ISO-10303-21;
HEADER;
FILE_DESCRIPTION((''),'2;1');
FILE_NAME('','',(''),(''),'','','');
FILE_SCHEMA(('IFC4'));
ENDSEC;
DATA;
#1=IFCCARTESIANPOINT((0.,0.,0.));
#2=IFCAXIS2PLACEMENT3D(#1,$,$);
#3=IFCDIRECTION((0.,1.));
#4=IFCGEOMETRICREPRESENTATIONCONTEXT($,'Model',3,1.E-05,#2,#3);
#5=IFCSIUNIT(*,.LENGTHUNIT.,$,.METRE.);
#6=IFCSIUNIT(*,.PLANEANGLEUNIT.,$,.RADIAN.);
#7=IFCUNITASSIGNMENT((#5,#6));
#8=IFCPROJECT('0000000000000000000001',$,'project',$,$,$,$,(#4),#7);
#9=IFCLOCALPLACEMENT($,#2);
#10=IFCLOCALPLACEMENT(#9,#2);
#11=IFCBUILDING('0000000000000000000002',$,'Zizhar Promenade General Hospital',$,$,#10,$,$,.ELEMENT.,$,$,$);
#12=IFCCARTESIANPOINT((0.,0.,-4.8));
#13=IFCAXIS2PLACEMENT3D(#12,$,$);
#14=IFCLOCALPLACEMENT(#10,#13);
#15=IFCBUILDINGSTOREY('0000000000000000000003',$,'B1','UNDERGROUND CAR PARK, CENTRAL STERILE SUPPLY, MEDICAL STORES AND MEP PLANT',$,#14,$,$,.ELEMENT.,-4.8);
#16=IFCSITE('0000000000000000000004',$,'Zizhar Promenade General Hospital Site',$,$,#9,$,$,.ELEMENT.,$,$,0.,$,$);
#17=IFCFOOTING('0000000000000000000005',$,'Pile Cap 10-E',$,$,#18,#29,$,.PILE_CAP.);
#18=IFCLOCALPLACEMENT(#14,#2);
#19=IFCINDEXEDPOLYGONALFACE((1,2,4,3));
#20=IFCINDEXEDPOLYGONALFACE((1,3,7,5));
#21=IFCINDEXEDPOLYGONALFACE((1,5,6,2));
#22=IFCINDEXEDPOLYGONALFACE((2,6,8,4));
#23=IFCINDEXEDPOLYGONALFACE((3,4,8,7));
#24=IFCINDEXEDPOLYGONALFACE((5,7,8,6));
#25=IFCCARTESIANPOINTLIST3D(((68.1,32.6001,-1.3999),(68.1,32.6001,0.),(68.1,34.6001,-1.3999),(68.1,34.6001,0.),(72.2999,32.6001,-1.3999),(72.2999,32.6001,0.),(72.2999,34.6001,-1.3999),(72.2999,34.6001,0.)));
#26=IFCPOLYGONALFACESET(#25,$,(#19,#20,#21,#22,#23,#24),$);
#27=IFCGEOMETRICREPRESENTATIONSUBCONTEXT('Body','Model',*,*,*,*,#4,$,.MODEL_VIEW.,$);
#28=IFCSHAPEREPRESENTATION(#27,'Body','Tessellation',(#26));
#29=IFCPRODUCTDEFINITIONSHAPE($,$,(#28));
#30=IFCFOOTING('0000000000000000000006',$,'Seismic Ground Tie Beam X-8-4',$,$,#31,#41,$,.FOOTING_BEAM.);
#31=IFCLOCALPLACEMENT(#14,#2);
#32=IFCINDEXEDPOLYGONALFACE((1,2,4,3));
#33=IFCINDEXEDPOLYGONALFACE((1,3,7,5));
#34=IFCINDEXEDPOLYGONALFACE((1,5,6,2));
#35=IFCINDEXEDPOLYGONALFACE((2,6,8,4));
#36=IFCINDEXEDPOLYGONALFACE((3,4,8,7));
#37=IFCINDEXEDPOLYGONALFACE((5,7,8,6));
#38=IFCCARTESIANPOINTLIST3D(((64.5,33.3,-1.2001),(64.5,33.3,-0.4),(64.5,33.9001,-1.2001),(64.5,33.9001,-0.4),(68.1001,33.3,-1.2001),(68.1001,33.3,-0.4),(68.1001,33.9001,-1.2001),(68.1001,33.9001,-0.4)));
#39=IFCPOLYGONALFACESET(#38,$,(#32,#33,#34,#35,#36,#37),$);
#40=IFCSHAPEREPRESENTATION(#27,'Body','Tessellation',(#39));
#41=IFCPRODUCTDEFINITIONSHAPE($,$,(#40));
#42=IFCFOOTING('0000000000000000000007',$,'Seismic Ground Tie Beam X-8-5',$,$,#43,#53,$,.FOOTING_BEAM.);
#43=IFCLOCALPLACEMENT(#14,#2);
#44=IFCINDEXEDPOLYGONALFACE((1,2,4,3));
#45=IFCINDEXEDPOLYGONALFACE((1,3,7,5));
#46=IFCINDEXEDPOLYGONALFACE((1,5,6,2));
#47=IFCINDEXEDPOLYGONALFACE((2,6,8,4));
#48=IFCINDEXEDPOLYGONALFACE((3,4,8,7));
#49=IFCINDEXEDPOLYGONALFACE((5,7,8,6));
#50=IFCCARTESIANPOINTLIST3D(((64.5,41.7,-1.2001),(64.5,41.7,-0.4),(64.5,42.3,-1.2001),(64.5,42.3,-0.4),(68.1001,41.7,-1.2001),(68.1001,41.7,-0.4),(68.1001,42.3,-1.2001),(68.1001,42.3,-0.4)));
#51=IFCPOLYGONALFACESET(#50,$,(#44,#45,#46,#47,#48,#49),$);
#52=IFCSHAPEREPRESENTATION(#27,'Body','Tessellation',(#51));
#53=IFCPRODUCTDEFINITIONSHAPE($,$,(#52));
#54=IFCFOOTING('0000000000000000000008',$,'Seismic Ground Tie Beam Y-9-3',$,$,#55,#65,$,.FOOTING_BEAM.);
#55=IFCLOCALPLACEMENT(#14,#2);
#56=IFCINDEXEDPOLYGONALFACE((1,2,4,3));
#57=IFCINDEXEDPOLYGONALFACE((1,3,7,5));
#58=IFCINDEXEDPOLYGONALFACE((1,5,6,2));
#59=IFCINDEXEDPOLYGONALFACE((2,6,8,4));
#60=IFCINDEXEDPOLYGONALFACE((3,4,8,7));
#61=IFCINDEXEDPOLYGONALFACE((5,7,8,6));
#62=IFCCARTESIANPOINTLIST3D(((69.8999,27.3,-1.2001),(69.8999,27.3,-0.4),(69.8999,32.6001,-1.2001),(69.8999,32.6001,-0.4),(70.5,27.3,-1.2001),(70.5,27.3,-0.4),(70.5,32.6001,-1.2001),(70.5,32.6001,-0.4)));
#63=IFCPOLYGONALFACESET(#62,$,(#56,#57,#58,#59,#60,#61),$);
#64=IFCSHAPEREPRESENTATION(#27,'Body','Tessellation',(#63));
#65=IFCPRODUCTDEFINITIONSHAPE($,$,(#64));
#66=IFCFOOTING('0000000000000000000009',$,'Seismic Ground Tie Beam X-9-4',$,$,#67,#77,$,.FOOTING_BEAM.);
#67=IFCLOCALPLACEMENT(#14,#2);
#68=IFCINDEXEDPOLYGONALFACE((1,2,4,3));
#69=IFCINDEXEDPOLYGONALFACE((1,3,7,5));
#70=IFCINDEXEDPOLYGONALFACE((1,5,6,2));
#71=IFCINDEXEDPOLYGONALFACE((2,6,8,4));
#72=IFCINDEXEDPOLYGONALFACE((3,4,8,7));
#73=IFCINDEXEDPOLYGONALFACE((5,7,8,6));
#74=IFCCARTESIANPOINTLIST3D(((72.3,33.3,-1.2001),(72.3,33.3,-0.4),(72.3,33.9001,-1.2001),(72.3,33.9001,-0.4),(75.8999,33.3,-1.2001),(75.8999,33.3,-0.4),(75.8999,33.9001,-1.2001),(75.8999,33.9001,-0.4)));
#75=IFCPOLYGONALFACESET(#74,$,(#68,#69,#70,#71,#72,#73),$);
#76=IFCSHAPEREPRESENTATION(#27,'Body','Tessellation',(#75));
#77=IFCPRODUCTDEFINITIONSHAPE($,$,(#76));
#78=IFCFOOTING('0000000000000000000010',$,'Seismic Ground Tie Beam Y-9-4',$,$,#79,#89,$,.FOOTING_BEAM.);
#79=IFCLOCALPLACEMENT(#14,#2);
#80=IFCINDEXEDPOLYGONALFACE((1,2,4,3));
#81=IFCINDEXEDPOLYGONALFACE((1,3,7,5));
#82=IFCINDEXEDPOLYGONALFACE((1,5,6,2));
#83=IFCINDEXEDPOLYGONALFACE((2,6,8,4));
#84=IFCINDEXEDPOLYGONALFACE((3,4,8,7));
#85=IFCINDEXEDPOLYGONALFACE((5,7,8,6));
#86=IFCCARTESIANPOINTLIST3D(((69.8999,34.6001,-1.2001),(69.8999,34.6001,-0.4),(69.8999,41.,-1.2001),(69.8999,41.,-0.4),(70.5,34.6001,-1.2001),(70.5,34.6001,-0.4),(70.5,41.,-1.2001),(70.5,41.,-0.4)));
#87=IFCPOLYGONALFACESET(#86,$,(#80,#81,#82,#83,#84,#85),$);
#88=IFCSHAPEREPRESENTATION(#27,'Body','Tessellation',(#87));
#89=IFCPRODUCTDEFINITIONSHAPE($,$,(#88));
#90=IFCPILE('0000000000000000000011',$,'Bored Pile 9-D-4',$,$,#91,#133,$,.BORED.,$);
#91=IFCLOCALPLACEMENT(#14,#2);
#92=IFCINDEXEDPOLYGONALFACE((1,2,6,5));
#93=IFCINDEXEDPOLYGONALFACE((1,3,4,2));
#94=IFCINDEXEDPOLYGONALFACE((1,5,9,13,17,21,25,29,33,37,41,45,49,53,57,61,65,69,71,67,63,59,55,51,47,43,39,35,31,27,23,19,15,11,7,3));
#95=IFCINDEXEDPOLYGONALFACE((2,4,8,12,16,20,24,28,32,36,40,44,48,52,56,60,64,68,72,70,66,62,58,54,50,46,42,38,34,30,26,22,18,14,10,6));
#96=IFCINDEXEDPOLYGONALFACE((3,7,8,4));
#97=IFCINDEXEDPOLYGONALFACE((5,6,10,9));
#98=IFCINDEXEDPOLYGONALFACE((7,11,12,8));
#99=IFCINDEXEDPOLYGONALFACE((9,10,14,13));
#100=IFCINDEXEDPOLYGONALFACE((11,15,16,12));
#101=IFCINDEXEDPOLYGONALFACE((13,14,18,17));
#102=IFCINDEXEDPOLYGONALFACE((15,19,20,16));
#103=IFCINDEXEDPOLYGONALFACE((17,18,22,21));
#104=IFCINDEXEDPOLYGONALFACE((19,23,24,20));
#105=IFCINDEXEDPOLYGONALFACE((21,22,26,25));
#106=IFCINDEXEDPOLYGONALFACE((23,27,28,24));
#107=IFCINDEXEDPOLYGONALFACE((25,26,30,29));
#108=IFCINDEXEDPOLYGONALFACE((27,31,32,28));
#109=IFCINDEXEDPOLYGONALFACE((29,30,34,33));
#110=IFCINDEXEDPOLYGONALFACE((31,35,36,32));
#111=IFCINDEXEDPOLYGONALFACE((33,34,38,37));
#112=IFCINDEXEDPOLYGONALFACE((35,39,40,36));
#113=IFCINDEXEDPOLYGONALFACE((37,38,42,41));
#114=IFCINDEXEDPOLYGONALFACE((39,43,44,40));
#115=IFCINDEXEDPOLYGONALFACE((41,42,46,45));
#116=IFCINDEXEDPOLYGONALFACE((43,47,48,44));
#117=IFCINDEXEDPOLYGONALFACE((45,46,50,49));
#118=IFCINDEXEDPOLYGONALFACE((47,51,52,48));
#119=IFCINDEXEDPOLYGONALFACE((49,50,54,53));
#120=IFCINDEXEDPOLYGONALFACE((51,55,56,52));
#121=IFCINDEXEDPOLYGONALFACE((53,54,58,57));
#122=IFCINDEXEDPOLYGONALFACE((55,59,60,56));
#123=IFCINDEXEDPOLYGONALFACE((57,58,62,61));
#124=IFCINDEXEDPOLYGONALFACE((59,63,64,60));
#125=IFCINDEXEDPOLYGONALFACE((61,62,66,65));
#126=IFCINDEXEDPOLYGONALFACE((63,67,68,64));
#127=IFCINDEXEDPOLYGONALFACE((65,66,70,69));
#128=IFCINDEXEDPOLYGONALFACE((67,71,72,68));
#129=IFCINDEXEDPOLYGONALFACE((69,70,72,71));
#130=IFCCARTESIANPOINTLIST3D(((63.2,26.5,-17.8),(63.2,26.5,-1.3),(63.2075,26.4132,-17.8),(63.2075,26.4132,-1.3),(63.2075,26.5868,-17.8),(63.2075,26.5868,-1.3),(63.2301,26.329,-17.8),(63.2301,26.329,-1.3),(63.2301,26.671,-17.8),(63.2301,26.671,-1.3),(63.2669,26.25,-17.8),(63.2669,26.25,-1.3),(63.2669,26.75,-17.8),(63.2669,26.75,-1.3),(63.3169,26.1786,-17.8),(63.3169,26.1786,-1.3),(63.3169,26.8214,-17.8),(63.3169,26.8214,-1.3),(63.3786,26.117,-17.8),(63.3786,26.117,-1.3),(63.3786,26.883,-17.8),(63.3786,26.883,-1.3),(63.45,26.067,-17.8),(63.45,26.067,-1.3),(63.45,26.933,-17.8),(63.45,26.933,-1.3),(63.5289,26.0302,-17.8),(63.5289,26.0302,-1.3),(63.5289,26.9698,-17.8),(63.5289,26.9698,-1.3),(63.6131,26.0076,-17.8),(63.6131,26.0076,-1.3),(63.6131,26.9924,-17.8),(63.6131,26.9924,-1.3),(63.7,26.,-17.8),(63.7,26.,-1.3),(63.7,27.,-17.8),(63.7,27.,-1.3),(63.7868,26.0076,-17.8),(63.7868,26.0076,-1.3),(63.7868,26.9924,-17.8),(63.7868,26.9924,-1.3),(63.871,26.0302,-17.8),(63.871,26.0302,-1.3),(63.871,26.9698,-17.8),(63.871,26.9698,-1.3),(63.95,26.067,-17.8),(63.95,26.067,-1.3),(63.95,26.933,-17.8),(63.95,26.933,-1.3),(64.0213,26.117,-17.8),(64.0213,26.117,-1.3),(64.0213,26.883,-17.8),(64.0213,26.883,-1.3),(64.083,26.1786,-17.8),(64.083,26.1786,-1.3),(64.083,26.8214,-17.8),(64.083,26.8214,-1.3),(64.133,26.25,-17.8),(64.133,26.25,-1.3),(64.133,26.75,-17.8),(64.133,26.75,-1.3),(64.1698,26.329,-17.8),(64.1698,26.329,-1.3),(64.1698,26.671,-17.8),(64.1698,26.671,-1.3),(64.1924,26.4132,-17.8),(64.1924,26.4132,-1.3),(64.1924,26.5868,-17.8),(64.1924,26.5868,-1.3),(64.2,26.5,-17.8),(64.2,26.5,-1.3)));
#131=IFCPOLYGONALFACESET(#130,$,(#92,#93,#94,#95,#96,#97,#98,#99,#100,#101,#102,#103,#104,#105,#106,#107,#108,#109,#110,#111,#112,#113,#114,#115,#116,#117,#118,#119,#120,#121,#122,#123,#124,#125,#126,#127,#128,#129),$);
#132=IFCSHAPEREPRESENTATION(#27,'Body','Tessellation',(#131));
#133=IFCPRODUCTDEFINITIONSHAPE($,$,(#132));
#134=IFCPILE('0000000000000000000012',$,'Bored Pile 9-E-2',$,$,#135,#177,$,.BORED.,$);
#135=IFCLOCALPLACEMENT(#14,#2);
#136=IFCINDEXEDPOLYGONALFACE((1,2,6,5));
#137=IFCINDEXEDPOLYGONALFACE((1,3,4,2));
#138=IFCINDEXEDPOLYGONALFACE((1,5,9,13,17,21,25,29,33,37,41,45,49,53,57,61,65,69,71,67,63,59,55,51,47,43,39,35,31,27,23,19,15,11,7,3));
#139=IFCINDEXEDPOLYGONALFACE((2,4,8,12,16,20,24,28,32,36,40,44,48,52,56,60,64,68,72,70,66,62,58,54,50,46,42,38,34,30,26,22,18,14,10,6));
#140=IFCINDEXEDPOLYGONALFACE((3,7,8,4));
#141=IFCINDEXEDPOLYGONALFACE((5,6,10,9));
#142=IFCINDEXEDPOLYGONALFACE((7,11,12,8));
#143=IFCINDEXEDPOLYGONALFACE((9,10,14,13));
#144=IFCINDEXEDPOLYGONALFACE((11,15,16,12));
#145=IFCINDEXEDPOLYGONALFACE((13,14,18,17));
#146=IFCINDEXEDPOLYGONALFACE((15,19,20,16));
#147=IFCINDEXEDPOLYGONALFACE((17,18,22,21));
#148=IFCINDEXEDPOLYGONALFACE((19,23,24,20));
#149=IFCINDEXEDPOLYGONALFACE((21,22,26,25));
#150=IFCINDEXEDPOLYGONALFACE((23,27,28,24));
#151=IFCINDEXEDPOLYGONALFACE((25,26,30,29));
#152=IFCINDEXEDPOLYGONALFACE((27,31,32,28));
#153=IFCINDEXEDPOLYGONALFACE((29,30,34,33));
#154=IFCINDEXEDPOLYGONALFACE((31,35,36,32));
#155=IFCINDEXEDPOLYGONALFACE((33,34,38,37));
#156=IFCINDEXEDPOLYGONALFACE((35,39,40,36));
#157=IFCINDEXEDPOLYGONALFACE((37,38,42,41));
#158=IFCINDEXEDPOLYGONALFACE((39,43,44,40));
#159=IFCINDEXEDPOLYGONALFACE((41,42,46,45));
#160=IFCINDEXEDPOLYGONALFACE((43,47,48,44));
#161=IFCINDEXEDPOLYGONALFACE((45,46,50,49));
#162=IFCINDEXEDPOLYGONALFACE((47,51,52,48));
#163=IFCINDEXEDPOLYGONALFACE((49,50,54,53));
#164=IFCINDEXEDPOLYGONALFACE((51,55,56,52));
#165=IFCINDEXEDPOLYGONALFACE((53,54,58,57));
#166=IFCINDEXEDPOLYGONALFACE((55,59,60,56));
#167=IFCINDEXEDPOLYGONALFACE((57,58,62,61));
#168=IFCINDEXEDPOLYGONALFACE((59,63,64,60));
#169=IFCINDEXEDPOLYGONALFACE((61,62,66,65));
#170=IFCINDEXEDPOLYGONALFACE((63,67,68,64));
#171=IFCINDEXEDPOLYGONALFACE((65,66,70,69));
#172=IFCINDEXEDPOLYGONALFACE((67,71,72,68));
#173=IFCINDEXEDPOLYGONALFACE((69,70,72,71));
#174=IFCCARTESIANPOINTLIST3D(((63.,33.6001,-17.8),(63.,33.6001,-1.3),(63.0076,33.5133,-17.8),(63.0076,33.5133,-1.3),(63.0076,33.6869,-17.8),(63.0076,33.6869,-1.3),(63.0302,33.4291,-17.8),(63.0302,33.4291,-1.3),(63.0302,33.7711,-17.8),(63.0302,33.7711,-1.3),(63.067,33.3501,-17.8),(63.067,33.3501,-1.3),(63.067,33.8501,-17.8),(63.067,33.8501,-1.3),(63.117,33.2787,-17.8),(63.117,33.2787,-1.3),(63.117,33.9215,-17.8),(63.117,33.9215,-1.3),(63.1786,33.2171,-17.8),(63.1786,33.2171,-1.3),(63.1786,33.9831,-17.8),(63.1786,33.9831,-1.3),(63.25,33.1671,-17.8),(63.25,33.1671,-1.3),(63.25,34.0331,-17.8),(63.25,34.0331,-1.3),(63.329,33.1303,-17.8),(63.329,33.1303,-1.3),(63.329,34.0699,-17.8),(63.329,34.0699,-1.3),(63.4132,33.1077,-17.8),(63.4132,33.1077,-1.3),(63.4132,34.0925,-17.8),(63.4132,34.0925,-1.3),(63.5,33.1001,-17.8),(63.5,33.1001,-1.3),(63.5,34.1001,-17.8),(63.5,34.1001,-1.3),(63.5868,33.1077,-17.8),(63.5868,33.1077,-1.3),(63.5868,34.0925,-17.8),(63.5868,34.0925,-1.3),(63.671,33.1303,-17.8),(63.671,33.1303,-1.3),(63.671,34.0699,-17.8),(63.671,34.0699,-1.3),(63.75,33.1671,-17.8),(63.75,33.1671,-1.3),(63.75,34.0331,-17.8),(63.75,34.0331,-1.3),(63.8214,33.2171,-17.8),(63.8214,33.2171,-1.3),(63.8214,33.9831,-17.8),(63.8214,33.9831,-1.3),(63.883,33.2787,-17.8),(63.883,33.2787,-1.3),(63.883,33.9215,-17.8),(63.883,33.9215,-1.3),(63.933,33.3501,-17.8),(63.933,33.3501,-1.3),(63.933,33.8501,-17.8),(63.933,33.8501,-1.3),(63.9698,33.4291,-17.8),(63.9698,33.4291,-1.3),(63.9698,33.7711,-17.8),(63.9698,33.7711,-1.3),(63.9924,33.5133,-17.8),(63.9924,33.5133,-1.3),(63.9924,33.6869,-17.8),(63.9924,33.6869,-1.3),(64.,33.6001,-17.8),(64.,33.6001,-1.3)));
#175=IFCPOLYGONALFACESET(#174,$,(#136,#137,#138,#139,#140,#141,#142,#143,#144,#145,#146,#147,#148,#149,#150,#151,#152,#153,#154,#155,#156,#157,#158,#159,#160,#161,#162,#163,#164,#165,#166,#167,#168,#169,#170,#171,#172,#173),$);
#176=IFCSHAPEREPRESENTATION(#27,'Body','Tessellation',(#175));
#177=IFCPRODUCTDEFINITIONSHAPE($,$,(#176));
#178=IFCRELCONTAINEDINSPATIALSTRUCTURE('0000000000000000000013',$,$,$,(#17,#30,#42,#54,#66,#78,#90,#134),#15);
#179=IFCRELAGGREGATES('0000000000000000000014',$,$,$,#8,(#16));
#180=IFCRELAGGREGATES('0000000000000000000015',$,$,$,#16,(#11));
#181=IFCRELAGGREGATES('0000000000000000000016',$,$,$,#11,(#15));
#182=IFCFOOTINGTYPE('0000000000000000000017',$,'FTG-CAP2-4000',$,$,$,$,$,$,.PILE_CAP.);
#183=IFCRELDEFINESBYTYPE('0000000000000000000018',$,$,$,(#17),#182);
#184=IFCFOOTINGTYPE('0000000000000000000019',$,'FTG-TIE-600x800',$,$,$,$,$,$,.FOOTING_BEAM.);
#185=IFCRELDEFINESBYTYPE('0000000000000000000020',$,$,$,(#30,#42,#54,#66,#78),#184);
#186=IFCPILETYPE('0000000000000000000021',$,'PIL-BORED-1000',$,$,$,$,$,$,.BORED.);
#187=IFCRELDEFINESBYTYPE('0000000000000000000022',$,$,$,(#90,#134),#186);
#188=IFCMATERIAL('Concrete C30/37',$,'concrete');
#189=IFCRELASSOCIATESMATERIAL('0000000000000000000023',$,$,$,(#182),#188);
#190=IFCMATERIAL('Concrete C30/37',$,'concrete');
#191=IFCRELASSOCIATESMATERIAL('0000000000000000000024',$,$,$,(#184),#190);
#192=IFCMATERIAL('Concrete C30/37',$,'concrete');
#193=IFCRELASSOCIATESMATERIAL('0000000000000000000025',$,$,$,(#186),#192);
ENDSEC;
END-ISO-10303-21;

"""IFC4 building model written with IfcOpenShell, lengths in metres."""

from ifc_helpers import new_model, si_unit, direction, frame, origin, origin_2d, place, context, subcontext, project, spatial, rectangle, circle, extrude, material, material_profile, profile_set, type_object, element, save


model = new_model("IFC4")

# Units and contexts
model_context = context("Model", 3, precision=1e-05, world=origin(), true_north=direction((0.0, 1.0)))
body_context = subcontext(model_context, "Body", "Model", "MODEL_VIEW")
ifc_project = project(units=[si_unit("LENGTHUNIT", "METRE"), si_unit("PLANEANGLEUNIT", "RADIAN")], contexts=[model_context])

# Site, building, storey
site_placement = place(None, origin())
site = spatial("IfcSite", under=ifc_project, at=site_placement, Name="Zizhar Promenade General Hospital Site", CompositionType="ELEMENT", RefElevation=0.0)
building_placement = place(site_placement, origin())
building = spatial("IfcBuilding", under=site, at=building_placement, Name="Zizhar Promenade General Hospital", CompositionType="ELEMENT")
storey_placement = place(building_placement, frame((0.0, 0.0, -4.8)))
storey = spatial("IfcBuildingStorey", under=building, at=storey_placement, Name="B1", Description="UNDERGROUND CAR PARK, CENTRAL STERILE SUPPLY, MEDICAL STORES AND MEP PLANT", CompositionType="ELEMENT", Elevation=-4.8)

# Footings
ifc_material_1 = material(Name="Concrete C30/37", Category="concrete")
footing_type_1 = type_object("IfcFootingType", Name="FTG-CAP2-4000", PredefinedType="PILE_CAP", material=ifc_material_1)
footing_1_placement = place(storey_placement, frame((70.2, 33.6001, -1.3999), z_axis=(0.0, 0.0, 1.0), x_axis=(1.0, 0.0, 0.0)))
element("IfcFooting", 1, at=footing_1_placement, inside=storey, type_object=footing_type_1, Name="Pile Cap 10-E", PredefinedType="PILE_CAP", context=body_context, shape_type="SweptSolid", body=[
    extrude(rectangle(XDim=4.2, YDim=2.0, at=origin_2d()), origin(), (0.0, 0.0, 1.0), 1.3999),
])
ifc_material_2 = material(Name="Concrete C30/37", Category="concrete")
ifc_material_profile_1 = material_profile(ifc_material_2, rectangle(XDim=0.6001, YDim=0.8, at=origin_2d()))
ifc_profile_set_1 = profile_set([ifc_material_profile_1], Name="Concrete C30/37")
footing_type_2 = type_object("IfcFootingType", Name="FTG-TIE-600x800", PredefinedType="FOOTING_BEAM", material=ifc_profile_set_1)
for number, where, z_axis, x_axis, name in (
    (2, (64.5, 33.6001, -0.8), (1.0, 0.0, 0.0), (0.0, 1.0, 0.0), "Seismic Ground Tie Beam X-8-4"),
    (3, (64.5, 42.0, -0.8), (1.0, 0.0, 0.0), (0.0, 1.0, 0.0), "Seismic Ground Tie Beam X-8-5"),
):
    element("IfcFooting", number, at=place(storey_placement, frame(where, z_axis=z_axis, x_axis=x_axis)), inside=storey, type_object=footing_type_2, Name=name, PredefinedType="FOOTING_BEAM", context=body_context, shape_type="SweptSolid", body=[
        extrude(rectangle(XDim=0.6001, YDim=0.8, at=origin_2d()), origin(), (0.0, 0.0, 1.0), 3.6001),
    ])
footing_2_placement = place(storey_placement, frame((70.2, 27.3, -0.8), z_axis=(0.0, 1.0, 0.0), x_axis=(-1.0, 0.0, 0.0)))
element("IfcFooting", 4, at=footing_2_placement, inside=storey, type_object=footing_type_2, Name="Seismic Ground Tie Beam Y-9-3", PredefinedType="FOOTING_BEAM", context=body_context, shape_type="SweptSolid", body=[
    extrude(rectangle(XDim=0.6001, YDim=0.8, at=origin_2d()), origin(), (0.0, 0.0, 1.0), 5.3),
])
footing_3_placement = place(storey_placement, frame((72.3, 33.6001, -0.8), z_axis=(1.0, 0.0, 0.0), x_axis=(0.0, 1.0, 0.0)))
element("IfcFooting", 5, at=footing_3_placement, inside=storey, type_object=footing_type_2, Name="Seismic Ground Tie Beam X-9-4", PredefinedType="FOOTING_BEAM", context=body_context, shape_type="SweptSolid", body=[
    extrude(rectangle(XDim=0.6001, YDim=0.8, at=origin_2d()), origin(), (0.0, 0.0, 1.0), 3.5999),
])
footing_4_placement = place(storey_placement, frame((70.2, 34.6001, -0.8), z_axis=(0.0, 1.0, 0.0), x_axis=(-1.0, 0.0, 0.0)))
element("IfcFooting", 6, at=footing_4_placement, inside=storey, type_object=footing_type_2, Name="Seismic Ground Tie Beam Y-9-4", PredefinedType="FOOTING_BEAM", context=body_context, shape_type="SweptSolid", body=[
    extrude(rectangle(XDim=0.6001, YDim=0.8, at=origin_2d()), origin(), (0.0, 0.0, 1.0), 6.3999),
])

# Piles
ifc_material_3 = material(Name="Concrete C30/37", Category="concrete")
ifc_material_profile_2 = material_profile(ifc_material_3, circle(Radius=0.5, at=origin_2d()))
ifc_profile_set_2 = profile_set([ifc_material_profile_2], Name="Concrete C30/37")
pile_type = type_object("IfcPileType", Name="PIL-BORED-1000", PredefinedType="BORED", material=ifc_profile_set_2)
for number, where, z_axis, x_axis, name in (
    (7, (63.7, 26.5, -1.3), (0.0, 0.0, -1.0), (1.0, 0.0, 0.0), "Bored Pile 9-D-4"),
    (8, (63.5, 33.6001, -1.3), (0.0, 0.0, -1.0), (1.0, 0.0, 0.0), "Bored Pile 9-E-2"),
):
    element("IfcPile", number, at=place(storey_placement, frame(where, z_axis=z_axis, x_axis=x_axis)), inside=storey, type_object=pile_type, Name=name, PredefinedType="BORED", context=body_context, shape_type="SweptSolid", body=[
        extrude(circle(Radius=0.5, at=origin_2d()), origin(), (0.0, 0.0, 1.0), 16.5),
    ])

save(model, "model.ifc")
